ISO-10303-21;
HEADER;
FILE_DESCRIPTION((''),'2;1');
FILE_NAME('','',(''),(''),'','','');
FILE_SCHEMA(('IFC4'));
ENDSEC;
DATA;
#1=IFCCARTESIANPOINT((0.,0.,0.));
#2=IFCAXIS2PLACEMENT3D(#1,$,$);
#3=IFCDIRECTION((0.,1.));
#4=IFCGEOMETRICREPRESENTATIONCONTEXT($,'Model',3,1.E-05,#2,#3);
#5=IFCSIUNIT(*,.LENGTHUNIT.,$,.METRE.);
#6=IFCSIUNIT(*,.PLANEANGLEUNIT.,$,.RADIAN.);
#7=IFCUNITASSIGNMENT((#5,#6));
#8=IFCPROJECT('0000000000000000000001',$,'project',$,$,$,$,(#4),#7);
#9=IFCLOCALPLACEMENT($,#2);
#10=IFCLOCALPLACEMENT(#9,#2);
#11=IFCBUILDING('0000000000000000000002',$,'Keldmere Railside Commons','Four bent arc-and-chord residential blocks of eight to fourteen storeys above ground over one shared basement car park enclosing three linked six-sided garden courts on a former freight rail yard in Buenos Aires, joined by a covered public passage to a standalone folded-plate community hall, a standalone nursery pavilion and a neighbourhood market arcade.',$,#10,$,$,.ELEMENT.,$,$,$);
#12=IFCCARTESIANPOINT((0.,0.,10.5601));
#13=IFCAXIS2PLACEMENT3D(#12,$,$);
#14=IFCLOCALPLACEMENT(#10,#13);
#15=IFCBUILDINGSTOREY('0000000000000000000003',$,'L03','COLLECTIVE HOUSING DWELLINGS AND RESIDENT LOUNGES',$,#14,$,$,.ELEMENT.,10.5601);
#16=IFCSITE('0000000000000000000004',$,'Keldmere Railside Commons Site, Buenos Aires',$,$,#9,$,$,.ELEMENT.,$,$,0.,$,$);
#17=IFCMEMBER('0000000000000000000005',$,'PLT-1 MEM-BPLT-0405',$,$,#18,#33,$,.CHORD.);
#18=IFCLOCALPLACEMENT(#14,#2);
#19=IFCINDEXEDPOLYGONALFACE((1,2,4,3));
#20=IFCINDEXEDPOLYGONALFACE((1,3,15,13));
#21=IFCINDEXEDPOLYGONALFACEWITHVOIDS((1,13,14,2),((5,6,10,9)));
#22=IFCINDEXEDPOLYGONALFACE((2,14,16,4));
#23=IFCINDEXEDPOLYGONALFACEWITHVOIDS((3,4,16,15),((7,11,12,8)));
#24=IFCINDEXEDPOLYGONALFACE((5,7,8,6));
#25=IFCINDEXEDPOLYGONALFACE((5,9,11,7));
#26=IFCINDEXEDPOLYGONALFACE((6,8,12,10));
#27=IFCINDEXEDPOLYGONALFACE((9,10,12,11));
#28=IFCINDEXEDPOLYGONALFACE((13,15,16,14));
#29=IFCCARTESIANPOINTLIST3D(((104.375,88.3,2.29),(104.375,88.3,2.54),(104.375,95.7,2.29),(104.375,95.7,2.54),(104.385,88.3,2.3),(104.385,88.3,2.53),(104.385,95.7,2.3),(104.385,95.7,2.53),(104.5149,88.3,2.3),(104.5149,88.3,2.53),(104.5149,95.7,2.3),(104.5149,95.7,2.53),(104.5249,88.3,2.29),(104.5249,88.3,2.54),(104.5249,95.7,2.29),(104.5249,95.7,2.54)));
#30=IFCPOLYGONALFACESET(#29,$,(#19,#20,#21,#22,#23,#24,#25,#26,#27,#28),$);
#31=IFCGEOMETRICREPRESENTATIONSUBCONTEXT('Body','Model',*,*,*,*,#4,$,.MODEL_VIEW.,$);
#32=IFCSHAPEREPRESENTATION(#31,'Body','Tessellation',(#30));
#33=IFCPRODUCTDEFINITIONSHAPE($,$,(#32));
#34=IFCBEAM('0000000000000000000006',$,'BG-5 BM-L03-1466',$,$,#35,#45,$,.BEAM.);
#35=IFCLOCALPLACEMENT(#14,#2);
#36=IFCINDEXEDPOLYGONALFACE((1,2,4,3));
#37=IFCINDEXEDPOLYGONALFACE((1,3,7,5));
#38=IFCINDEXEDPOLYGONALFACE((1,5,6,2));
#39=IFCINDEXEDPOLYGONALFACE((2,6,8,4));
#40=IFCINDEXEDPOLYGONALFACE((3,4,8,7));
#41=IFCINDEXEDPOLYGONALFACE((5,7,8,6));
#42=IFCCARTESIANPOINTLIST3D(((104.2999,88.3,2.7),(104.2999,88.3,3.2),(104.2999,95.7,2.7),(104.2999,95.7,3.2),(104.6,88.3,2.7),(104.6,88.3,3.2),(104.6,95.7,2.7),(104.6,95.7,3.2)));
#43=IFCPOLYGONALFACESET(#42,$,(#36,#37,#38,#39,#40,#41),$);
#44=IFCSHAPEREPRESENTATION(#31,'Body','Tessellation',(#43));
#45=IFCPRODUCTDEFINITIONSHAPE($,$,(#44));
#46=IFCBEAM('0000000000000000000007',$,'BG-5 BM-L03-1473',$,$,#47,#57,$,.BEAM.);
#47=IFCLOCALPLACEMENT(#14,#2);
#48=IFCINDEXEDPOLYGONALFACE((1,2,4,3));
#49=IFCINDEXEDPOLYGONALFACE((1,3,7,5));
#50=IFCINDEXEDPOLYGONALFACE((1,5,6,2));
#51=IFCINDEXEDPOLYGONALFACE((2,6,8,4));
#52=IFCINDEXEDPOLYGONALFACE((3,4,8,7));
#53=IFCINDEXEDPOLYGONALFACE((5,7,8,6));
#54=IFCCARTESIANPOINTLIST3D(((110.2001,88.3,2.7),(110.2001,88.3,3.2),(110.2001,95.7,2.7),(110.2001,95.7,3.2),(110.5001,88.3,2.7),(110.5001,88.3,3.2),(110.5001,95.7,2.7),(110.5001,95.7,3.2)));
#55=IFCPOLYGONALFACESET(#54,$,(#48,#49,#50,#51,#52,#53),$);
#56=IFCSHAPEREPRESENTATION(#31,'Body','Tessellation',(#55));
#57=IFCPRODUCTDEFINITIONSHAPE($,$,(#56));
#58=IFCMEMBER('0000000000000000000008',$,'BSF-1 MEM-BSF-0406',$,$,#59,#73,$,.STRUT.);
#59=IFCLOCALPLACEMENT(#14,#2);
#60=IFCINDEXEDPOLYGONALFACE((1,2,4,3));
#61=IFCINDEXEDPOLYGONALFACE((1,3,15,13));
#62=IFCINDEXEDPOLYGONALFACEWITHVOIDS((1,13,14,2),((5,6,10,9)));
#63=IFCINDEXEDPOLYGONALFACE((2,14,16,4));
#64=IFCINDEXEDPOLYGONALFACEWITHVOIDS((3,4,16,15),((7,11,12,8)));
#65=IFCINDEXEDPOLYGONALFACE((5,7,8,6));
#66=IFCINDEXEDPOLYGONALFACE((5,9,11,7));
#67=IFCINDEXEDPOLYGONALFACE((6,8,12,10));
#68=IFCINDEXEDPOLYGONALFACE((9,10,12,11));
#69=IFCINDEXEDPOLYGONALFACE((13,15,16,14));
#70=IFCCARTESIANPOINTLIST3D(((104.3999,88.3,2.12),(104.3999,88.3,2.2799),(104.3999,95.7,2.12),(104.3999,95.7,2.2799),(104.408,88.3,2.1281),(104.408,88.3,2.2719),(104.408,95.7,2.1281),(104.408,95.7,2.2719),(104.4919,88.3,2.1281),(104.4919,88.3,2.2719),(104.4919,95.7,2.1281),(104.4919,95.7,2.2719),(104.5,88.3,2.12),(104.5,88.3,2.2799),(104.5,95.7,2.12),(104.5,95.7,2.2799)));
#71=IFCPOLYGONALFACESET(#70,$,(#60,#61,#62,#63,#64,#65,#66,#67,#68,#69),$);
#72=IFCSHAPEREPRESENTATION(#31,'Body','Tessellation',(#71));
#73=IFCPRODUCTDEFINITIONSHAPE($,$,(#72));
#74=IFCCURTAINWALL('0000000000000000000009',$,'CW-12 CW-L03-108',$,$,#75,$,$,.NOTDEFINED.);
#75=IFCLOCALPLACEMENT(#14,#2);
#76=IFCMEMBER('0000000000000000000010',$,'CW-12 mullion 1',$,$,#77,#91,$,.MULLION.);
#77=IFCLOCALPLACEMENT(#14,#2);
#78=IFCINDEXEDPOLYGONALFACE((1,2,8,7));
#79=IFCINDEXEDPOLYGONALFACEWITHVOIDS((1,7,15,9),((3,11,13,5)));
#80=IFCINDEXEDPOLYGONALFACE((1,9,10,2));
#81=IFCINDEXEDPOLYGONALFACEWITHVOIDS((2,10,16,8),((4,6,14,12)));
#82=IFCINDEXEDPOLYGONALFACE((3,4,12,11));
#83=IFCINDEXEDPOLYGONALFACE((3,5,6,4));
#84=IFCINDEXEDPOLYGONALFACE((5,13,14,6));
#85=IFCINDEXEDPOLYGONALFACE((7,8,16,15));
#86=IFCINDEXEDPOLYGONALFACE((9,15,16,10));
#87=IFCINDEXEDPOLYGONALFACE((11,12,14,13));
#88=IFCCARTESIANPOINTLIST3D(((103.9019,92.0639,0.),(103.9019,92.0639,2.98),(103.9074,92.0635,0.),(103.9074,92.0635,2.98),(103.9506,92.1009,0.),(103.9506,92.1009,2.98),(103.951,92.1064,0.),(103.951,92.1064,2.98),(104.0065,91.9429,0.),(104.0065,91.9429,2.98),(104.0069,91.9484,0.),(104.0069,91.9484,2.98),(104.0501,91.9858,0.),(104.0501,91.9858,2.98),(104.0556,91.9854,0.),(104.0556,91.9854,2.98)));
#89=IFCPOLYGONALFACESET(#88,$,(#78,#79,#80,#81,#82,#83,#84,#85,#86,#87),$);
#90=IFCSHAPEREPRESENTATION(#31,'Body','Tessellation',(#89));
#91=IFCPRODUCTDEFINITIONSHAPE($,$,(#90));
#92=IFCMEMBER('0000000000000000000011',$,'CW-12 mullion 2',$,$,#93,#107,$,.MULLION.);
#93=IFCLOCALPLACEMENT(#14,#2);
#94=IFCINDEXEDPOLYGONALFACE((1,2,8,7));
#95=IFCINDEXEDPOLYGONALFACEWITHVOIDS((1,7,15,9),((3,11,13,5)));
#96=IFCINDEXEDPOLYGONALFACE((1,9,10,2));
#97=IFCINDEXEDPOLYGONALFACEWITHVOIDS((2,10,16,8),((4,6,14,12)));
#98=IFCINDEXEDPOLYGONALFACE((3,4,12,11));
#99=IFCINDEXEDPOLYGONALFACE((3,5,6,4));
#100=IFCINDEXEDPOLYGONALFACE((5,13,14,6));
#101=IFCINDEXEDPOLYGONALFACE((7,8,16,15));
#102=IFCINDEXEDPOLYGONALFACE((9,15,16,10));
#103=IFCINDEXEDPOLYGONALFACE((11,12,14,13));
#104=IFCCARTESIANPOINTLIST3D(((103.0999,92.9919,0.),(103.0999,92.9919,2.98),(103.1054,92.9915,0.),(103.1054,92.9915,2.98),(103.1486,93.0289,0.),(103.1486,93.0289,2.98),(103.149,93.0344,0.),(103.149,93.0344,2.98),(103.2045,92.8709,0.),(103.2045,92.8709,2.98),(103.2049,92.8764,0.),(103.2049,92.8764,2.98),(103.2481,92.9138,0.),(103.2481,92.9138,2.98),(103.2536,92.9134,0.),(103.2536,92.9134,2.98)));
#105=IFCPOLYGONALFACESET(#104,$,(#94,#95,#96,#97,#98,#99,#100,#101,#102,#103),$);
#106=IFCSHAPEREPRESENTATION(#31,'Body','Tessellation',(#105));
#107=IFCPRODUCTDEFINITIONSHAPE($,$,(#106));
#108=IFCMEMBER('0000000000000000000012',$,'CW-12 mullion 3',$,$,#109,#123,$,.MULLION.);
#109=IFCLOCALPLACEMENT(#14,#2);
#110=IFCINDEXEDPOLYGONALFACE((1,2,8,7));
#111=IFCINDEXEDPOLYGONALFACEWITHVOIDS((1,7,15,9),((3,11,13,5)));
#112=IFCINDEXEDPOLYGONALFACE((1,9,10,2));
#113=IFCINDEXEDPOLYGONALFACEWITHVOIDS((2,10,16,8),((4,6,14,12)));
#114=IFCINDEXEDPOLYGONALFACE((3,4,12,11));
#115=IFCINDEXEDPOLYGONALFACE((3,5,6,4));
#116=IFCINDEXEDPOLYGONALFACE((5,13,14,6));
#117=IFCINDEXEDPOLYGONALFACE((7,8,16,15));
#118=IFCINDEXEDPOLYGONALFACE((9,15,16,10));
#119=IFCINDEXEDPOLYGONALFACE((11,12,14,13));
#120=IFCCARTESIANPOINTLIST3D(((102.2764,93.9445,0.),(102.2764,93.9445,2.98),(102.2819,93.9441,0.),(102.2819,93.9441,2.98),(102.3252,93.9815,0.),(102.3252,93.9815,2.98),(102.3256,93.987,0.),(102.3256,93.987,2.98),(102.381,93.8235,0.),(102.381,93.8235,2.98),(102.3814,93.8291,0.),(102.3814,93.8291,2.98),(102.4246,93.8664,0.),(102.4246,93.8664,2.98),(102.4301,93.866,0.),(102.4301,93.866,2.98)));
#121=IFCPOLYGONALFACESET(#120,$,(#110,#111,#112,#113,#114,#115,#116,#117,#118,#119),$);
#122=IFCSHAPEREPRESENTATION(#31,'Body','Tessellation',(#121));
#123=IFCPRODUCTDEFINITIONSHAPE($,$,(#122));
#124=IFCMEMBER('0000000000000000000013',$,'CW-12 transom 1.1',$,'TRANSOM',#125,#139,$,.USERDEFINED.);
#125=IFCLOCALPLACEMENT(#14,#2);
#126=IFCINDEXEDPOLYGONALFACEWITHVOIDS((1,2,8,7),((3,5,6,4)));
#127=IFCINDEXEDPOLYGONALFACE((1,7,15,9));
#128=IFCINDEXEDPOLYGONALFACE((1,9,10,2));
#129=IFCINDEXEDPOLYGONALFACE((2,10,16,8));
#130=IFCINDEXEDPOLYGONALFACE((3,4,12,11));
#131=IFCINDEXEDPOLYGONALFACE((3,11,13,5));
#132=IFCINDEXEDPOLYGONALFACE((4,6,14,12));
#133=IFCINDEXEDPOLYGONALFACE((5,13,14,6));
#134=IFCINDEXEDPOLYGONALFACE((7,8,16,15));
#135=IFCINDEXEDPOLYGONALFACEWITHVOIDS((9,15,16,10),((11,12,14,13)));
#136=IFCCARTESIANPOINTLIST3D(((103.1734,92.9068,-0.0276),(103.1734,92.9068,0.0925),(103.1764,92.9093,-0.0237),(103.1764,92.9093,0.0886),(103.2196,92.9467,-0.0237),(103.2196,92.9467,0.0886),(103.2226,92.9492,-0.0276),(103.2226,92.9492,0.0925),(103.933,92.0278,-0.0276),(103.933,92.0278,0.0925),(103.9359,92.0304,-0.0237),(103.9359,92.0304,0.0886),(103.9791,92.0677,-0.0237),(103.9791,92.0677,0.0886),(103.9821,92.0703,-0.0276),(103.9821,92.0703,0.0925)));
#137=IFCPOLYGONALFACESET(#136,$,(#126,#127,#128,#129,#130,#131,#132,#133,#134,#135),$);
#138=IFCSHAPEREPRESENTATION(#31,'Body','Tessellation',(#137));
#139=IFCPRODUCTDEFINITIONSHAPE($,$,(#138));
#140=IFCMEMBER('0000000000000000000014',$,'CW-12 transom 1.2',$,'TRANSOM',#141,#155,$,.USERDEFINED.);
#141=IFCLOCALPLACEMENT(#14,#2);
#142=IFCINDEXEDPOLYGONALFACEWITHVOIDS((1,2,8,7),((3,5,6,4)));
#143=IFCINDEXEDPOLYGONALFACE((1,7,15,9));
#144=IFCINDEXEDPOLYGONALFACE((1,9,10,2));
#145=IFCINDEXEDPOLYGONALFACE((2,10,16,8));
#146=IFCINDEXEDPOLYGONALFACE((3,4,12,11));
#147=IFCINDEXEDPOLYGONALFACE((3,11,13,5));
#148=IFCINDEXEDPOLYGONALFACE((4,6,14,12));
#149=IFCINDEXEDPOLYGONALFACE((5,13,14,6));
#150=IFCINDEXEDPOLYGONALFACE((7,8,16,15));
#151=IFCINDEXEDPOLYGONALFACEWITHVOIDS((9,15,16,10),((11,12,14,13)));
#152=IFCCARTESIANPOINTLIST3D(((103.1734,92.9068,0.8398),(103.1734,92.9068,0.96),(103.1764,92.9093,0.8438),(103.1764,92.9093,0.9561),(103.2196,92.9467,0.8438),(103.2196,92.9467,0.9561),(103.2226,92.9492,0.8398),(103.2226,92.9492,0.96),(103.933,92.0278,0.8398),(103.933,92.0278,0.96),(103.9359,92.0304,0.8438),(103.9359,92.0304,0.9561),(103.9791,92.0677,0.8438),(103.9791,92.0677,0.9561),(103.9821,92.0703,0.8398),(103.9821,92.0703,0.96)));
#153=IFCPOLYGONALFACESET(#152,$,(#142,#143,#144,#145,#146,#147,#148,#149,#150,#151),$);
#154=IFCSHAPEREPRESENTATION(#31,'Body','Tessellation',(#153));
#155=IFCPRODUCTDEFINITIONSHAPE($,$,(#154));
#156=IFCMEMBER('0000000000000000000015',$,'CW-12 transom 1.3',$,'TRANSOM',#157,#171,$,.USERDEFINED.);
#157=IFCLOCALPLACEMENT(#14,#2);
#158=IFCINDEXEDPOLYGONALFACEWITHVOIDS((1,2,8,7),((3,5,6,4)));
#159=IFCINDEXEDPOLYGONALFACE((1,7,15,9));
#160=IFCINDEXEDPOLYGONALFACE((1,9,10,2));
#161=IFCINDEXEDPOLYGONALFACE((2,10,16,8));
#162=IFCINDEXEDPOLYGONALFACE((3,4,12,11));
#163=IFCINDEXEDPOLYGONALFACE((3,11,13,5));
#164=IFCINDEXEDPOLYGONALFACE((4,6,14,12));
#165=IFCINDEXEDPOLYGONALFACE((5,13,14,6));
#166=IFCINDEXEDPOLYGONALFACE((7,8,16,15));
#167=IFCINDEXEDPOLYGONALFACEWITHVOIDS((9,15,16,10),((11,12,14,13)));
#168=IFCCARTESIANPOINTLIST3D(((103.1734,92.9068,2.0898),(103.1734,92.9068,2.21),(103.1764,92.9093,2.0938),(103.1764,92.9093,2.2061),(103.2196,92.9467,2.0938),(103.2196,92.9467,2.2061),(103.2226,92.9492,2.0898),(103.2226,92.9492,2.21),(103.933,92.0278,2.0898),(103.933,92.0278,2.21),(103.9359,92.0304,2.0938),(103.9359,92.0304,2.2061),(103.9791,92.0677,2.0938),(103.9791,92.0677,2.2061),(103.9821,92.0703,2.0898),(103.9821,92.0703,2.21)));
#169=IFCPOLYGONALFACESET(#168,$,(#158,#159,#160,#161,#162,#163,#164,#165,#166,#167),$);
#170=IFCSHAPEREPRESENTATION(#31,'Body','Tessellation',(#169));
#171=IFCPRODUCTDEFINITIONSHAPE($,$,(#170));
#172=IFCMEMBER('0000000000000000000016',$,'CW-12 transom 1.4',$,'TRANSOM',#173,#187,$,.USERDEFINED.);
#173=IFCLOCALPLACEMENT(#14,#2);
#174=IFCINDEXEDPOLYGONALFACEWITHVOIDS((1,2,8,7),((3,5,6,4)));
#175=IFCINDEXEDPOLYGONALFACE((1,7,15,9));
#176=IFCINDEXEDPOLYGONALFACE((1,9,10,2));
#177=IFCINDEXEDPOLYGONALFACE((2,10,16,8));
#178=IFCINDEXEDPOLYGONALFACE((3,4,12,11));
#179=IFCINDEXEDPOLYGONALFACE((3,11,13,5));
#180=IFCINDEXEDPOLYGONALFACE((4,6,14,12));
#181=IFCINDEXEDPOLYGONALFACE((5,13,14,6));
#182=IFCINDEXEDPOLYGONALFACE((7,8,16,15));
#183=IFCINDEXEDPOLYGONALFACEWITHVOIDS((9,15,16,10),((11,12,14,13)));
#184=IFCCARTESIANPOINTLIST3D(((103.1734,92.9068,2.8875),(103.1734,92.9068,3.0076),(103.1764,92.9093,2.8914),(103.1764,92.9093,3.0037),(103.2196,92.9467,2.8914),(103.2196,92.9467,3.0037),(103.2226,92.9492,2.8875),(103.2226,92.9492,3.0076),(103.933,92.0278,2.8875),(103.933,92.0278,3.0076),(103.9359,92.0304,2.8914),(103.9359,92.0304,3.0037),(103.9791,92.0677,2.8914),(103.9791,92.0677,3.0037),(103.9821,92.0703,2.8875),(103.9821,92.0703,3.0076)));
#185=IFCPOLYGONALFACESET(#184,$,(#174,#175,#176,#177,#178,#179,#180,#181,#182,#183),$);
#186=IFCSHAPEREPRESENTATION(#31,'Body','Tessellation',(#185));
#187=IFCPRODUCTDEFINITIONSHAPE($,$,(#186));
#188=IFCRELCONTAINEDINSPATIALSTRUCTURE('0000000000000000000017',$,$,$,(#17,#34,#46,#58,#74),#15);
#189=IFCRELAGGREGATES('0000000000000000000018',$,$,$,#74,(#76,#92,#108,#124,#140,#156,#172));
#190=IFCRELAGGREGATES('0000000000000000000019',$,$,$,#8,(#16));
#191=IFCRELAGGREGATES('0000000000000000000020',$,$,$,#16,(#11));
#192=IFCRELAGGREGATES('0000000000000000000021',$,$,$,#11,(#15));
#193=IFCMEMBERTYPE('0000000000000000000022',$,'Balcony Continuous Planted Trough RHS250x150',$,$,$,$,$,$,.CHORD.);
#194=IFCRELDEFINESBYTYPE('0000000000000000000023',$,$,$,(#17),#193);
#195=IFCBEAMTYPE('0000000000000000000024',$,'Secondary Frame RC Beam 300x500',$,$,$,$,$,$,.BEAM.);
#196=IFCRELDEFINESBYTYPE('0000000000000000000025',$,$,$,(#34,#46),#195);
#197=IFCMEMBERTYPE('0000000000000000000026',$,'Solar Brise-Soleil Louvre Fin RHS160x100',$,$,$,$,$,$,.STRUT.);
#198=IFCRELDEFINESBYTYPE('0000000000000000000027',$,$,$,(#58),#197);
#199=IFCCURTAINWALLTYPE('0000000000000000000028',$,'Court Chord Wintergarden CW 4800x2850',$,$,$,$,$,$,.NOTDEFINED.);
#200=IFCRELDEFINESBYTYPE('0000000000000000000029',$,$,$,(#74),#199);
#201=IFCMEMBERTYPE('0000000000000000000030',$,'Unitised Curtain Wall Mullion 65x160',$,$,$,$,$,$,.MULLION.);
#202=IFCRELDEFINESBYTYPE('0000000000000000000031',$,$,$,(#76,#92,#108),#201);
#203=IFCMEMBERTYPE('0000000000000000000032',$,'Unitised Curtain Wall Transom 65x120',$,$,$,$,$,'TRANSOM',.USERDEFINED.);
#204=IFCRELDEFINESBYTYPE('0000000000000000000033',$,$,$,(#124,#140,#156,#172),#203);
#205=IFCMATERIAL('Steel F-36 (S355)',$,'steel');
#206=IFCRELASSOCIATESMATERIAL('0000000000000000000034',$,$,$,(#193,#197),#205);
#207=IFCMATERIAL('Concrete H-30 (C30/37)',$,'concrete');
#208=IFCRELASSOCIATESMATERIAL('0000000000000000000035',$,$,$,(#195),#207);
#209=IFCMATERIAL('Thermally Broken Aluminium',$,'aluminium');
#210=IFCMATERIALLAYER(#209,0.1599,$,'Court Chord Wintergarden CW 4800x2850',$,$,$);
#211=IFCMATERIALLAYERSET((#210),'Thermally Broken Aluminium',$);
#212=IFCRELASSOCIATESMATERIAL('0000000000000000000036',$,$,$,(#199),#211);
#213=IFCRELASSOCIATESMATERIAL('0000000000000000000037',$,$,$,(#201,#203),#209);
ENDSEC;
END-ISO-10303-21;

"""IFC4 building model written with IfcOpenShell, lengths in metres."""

from ifc_helpers import new_model, si_unit, direction, frame, origin, origin_2d, place, context, subcontext, project, spatial, rectangle, hollow_rectangle, extrude, material, layer, layer_set, material_profile, profile_set, type_object, element, aggregate, save


model = new_model("IFC4")

# Units and contexts
model_context = context("Model", 3, precision=1e-05, world=origin(), true_north=direction((0.0, 1.0)))
body_context = subcontext(model_context, "Body", "Model", "MODEL_VIEW")
ifc_project = project(units=[si_unit("LENGTHUNIT", "METRE"), si_unit("PLANEANGLEUNIT", "RADIAN")], contexts=[model_context])

# Site, building, storey
site_placement = place(None, origin())
site = spatial("IfcSite", under=ifc_project, at=site_placement, Name="Keldmere Railside Commons Site, Buenos Aires", CompositionType="ELEMENT", RefElevation=0.0)
building_placement = place(site_placement, origin())
building = spatial("IfcBuilding", under=site, at=building_placement, Name="Keldmere Railside Commons", Description="Four bent arc-and-chord residential blocks of eight to fourteen storeys above ground over one shared basement car park enclosing three linked six-sided garden courts on a former freight rail yard in Buenos Aires, joined by a covered public passage to a standalone folded-plate community hall, a standalone nursery pavilion and a neighbourhood market arcade.", CompositionType="ELEMENT")
storey_placement = place(building_placement, frame((0.0, 0.0, 10.5601)))
storey = spatial("IfcBuildingStorey", under=building, at=storey_placement, Name="L03", Description="COLLECTIVE HOUSING DWELLINGS AND RESIDENT LOUNGES", CompositionType="ELEMENT", Elevation=10.5601)

# Member
ifc_material_1 = material(Name="Steel F-36 (S355)", Category="steel")
ifc_material_profile_1 = material_profile(ifc_material_1, hollow_rectangle(XDim=0.1499, YDim=0.25, WallThickness=0.01, at=origin_2d()), Name="RHS-250x150x10")
ifc_profile_set_1 = profile_set([ifc_material_profile_1], Name="Steel F-36 (S355)")
member_type_1 = type_object("IfcMemberType", Name="Balcony Continuous Planted Trough RHS250x150", PredefinedType="CHORD", material=ifc_profile_set_1)
member_1_placement = place(storey_placement, frame((104.45, 88.3, 2.415), z_axis=(0.0, 1.0, 0.0), x_axis=(-1.0, 0.0, 0.0)))
element("IfcMember", 1, at=member_1_placement, inside=storey, type_object=member_type_1, Name="PLT-1 MEM-BPLT-0405", PredefinedType="CHORD", context=body_context, shape_type="SweptSolid", body=[
    extrude(hollow_rectangle(XDim=0.1499, YDim=0.25, WallThickness=0.01, at=origin_2d()), origin(), (0.0, 0.0, 1.0), 7.3999),
])

# Beams
ifc_material_2 = material(Name="Concrete H-30 (C30/37)", Category="concrete")
ifc_material_profile_2 = material_profile(ifc_material_2, rectangle(XDim=0.3, YDim=0.5, at=origin_2d()), Name="RC-300x500")
ifc_profile_set_2 = profile_set([ifc_material_profile_2], Name="Concrete H-30 (C30/37)")
beam_type = type_object("IfcBeamType", Name="Secondary Frame RC Beam 300x500", PredefinedType="BEAM", material=ifc_profile_set_2)
for number, where, z_axis, x_axis, name in (
    (2, (104.45, 88.3, 2.95), (0.0, 1.0, 0.0), (-1.0, 0.0, 0.0), "BG-5 BM-L03-1466"),
    (3, (110.3501, 88.3, 2.95), (0.0, 1.0, 0.0), (-1.0, 0.0, 0.0), "BG-5 BM-L03-1473"),
):
    element("IfcBeam", number, at=place(storey_placement, frame(where, z_axis=z_axis, x_axis=x_axis)), inside=storey, type_object=beam_type, Name=name, PredefinedType="BEAM", context=body_context, shape_type="SweptSolid", body=[
        extrude(rectangle(XDim=0.3, YDim=0.5, at=origin_2d()), origin(), (0.0, 0.0, 1.0), 7.3999),
    ])

# Member
ifc_material_profile_3 = material_profile(ifc_material_1, hollow_rectangle(XDim=0.1001, YDim=0.1599, WallThickness=0.0081, at=origin_2d()), Name="RHS-160x100x8")
ifc_profile_set_3 = profile_set([ifc_material_profile_3], Name="Steel F-36 (S355)")
member_type_2 = type_object("IfcMemberType", Name="Solar Brise-Soleil Louvre Fin RHS160x100", PredefinedType="STRUT", material=ifc_profile_set_3)
member_2_placement = place(storey_placement, frame((104.45, 88.3, 2.2), z_axis=(0.0, 1.0, 0.0), x_axis=(-1.0, 0.0, 0.0)))
element("IfcMember", 4, at=member_2_placement, inside=storey, type_object=member_type_2, Name="BSF-1 MEM-BSF-0406", PredefinedType="STRUT", context=body_context, shape_type="SweptSolid", body=[
    extrude(hollow_rectangle(XDim=0.1001, YDim=0.1599, WallThickness=0.0081, at=origin_2d()), origin(), (0.0, 0.0, 1.0), 7.3999),
])

# Curtain wall, members
ifc_material_3 = material(Name="Thermally Broken Aluminium", Category="aluminium")
ifc_layer_1 = layer(ifc_material_3, 0.1599, Name="Court Chord Wintergarden CW 4800x2850")
ifc_layer_set_1 = layer_set([ifc_layer_1], Name="Thermally Broken Aluminium")
curtain_wall_type = type_object("IfcCurtainWallType", Name="Court Chord Wintergarden CW 4800x2850", PredefinedType="NOTDEFINED", material=ifc_layer_set_1)
curtain_wall_placement = place(storey_placement, origin())
curtain_wall = element("IfcCurtainWall", 5, at=curtain_wall_placement, inside=storey, type_object=curtain_wall_type, Name="CW-12 CW-L03-108", PredefinedType="NOTDEFINED")
ifc_material_profile_4 = material_profile(ifc_material_3, hollow_rectangle(XDim=0.0649, YDim=0.1599, WallThickness=0.0039, at=origin_2d()), Name="ALU-MULL-65x160")
ifc_profile_set_4 = profile_set([ifc_material_profile_4], Name="Thermally Broken Aluminium")
member_type_3 = type_object("IfcMemberType", Name="Unitised Curtain Wall Mullion 65x160", PredefinedType="MULLION", material=ifc_profile_set_4)
member_3_placement = place(storey_placement, frame((103.9788, 92.0247, 0.0), z_axis=(0.0, 0.0, 1.0), x_axis=(-0.756597, -0.653882, 0.0)))
member_3 = element("IfcMember", 6, at=member_3_placement, type_object=member_type_3, Name="CW-12 mullion 1", PredefinedType="MULLION", context=body_context, shape_type="SweptSolid", body=[
    extrude(hollow_rectangle(XDim=0.0649, YDim=0.1599, WallThickness=0.0039, at=origin_2d()), origin(), (0.0, 0.0, 1.0), 2.98),
])
member_4_placement = place(storey_placement, frame((103.1768, 92.9526, 0.0), z_axis=(0.0, 0.0, 1.0), x_axis=(-0.756597, -0.653882, 0.0)))
member_4 = element("IfcMember", 7, at=member_4_placement, type_object=member_type_3, Name="CW-12 mullion 2", PredefinedType="MULLION", context=body_context, shape_type="SweptSolid", body=[
    extrude(hollow_rectangle(XDim=0.0649, YDim=0.1599, WallThickness=0.0039, at=origin_2d()), origin(), (0.0, 0.0, 1.0), 2.98),
])
member_5_placement = place(storey_placement, frame((102.3533, 93.9053, 0.0), z_axis=(0.0, 0.0, 1.0), x_axis=(-0.756597, -0.653882, 0.0)))
member_5 = element("IfcMember", 8, at=member_5_placement, type_object=member_type_3, Name="CW-12 mullion 3", PredefinedType="MULLION", context=body_context, shape_type="SweptSolid", body=[
    extrude(hollow_rectangle(XDim=0.0649, YDim=0.1599, WallThickness=0.0039, at=origin_2d()), origin(), (0.0, 0.0, 1.0), 2.98),
])
ifc_material_profile_5 = material_profile(ifc_material_3, hollow_rectangle(XDim=0.0649, YDim=0.1201, WallThickness=0.0039, at=origin_2d()), Name="ALU-TRAN-65x120")
ifc_profile_set_5 = profile_set([ifc_material_profile_5], Name="Thermally Broken Aluminium")
member_type_4 = type_object("IfcMemberType", Name="Unitised Curtain Wall Transom 65x120", ElementType="TRANSOM", PredefinedType="USERDEFINED", material=ifc_profile_set_5)
member_6_placement = place(storey_placement, frame((103.9575, 92.0491, 0.0325), z_axis=(-0.65385, 0.756624, 0.0), x_axis=(-0.756624, -0.65385, 0.0)))
member_6 = element("IfcMember", 9, at=member_6_placement, type_object=member_type_4, Name="CW-12 transom 1.1", ObjectType="TRANSOM", PredefinedType="USERDEFINED", context=body_context, shape_type="SweptSolid", body=[
    extrude(hollow_rectangle(XDim=0.0649, YDim=0.1201, WallThickness=0.0039, at=origin_2d()), origin(), (0.0, 0.0, 1.0), 1.1616),
])
member_7_placement = place(storey_placement, frame((103.9575, 92.0491, 0.8999), z_axis=(-0.65385, 0.756624, 0.0), x_axis=(-0.756624, -0.65385, 0.0)))
member_7 = element("IfcMember", 10, at=member_7_placement, type_object=member_type_4, Name="CW-12 transom 1.2", ObjectType="TRANSOM", PredefinedType="USERDEFINED", context=body_context, shape_type="SweptSolid", body=[
    extrude(hollow_rectangle(XDim=0.0649, YDim=0.1201, WallThickness=0.0039, at=origin_2d()), origin(), (0.0, 0.0, 1.0), 1.1616),
])
member_8_placement = place(storey_placement, frame((103.9575, 92.0491, 2.1499), z_axis=(-0.65385, 0.756624, 0.0), x_axis=(-0.756624, -0.65385, 0.0)))
member_8 = element("IfcMember", 11, at=member_8_placement, type_object=member_type_4, Name="CW-12 transom 1.3", ObjectType="TRANSOM", PredefinedType="USERDEFINED", context=body_context, shape_type="SweptSolid", body=[
    extrude(hollow_rectangle(XDim=0.0649, YDim=0.1201, WallThickness=0.0039, at=origin_2d()), origin(), (0.0, 0.0, 1.0), 1.1616),
])
member_9_placement = place(storey_placement, frame((103.9575, 92.0491, 2.9475), z_axis=(-0.65385, 0.756624, 0.0), x_axis=(-0.756624, -0.65385, 0.0)))
member_9 = element("IfcMember", 12, at=member_9_placement, type_object=member_type_4, Name="CW-12 transom 1.4", ObjectType="TRANSOM", PredefinedType="USERDEFINED", context=body_context, shape_type="SweptSolid", body=[
    extrude(hollow_rectangle(XDim=0.0649, YDim=0.1201, WallThickness=0.0039, at=origin_2d()), origin(), (0.0, 0.0, 1.0), 1.1616),
])
aggregate(curtain_wall, [member_3, member_4, member_5, member_6, member_7, member_8, member_9])

save(model, "model.ifc")
